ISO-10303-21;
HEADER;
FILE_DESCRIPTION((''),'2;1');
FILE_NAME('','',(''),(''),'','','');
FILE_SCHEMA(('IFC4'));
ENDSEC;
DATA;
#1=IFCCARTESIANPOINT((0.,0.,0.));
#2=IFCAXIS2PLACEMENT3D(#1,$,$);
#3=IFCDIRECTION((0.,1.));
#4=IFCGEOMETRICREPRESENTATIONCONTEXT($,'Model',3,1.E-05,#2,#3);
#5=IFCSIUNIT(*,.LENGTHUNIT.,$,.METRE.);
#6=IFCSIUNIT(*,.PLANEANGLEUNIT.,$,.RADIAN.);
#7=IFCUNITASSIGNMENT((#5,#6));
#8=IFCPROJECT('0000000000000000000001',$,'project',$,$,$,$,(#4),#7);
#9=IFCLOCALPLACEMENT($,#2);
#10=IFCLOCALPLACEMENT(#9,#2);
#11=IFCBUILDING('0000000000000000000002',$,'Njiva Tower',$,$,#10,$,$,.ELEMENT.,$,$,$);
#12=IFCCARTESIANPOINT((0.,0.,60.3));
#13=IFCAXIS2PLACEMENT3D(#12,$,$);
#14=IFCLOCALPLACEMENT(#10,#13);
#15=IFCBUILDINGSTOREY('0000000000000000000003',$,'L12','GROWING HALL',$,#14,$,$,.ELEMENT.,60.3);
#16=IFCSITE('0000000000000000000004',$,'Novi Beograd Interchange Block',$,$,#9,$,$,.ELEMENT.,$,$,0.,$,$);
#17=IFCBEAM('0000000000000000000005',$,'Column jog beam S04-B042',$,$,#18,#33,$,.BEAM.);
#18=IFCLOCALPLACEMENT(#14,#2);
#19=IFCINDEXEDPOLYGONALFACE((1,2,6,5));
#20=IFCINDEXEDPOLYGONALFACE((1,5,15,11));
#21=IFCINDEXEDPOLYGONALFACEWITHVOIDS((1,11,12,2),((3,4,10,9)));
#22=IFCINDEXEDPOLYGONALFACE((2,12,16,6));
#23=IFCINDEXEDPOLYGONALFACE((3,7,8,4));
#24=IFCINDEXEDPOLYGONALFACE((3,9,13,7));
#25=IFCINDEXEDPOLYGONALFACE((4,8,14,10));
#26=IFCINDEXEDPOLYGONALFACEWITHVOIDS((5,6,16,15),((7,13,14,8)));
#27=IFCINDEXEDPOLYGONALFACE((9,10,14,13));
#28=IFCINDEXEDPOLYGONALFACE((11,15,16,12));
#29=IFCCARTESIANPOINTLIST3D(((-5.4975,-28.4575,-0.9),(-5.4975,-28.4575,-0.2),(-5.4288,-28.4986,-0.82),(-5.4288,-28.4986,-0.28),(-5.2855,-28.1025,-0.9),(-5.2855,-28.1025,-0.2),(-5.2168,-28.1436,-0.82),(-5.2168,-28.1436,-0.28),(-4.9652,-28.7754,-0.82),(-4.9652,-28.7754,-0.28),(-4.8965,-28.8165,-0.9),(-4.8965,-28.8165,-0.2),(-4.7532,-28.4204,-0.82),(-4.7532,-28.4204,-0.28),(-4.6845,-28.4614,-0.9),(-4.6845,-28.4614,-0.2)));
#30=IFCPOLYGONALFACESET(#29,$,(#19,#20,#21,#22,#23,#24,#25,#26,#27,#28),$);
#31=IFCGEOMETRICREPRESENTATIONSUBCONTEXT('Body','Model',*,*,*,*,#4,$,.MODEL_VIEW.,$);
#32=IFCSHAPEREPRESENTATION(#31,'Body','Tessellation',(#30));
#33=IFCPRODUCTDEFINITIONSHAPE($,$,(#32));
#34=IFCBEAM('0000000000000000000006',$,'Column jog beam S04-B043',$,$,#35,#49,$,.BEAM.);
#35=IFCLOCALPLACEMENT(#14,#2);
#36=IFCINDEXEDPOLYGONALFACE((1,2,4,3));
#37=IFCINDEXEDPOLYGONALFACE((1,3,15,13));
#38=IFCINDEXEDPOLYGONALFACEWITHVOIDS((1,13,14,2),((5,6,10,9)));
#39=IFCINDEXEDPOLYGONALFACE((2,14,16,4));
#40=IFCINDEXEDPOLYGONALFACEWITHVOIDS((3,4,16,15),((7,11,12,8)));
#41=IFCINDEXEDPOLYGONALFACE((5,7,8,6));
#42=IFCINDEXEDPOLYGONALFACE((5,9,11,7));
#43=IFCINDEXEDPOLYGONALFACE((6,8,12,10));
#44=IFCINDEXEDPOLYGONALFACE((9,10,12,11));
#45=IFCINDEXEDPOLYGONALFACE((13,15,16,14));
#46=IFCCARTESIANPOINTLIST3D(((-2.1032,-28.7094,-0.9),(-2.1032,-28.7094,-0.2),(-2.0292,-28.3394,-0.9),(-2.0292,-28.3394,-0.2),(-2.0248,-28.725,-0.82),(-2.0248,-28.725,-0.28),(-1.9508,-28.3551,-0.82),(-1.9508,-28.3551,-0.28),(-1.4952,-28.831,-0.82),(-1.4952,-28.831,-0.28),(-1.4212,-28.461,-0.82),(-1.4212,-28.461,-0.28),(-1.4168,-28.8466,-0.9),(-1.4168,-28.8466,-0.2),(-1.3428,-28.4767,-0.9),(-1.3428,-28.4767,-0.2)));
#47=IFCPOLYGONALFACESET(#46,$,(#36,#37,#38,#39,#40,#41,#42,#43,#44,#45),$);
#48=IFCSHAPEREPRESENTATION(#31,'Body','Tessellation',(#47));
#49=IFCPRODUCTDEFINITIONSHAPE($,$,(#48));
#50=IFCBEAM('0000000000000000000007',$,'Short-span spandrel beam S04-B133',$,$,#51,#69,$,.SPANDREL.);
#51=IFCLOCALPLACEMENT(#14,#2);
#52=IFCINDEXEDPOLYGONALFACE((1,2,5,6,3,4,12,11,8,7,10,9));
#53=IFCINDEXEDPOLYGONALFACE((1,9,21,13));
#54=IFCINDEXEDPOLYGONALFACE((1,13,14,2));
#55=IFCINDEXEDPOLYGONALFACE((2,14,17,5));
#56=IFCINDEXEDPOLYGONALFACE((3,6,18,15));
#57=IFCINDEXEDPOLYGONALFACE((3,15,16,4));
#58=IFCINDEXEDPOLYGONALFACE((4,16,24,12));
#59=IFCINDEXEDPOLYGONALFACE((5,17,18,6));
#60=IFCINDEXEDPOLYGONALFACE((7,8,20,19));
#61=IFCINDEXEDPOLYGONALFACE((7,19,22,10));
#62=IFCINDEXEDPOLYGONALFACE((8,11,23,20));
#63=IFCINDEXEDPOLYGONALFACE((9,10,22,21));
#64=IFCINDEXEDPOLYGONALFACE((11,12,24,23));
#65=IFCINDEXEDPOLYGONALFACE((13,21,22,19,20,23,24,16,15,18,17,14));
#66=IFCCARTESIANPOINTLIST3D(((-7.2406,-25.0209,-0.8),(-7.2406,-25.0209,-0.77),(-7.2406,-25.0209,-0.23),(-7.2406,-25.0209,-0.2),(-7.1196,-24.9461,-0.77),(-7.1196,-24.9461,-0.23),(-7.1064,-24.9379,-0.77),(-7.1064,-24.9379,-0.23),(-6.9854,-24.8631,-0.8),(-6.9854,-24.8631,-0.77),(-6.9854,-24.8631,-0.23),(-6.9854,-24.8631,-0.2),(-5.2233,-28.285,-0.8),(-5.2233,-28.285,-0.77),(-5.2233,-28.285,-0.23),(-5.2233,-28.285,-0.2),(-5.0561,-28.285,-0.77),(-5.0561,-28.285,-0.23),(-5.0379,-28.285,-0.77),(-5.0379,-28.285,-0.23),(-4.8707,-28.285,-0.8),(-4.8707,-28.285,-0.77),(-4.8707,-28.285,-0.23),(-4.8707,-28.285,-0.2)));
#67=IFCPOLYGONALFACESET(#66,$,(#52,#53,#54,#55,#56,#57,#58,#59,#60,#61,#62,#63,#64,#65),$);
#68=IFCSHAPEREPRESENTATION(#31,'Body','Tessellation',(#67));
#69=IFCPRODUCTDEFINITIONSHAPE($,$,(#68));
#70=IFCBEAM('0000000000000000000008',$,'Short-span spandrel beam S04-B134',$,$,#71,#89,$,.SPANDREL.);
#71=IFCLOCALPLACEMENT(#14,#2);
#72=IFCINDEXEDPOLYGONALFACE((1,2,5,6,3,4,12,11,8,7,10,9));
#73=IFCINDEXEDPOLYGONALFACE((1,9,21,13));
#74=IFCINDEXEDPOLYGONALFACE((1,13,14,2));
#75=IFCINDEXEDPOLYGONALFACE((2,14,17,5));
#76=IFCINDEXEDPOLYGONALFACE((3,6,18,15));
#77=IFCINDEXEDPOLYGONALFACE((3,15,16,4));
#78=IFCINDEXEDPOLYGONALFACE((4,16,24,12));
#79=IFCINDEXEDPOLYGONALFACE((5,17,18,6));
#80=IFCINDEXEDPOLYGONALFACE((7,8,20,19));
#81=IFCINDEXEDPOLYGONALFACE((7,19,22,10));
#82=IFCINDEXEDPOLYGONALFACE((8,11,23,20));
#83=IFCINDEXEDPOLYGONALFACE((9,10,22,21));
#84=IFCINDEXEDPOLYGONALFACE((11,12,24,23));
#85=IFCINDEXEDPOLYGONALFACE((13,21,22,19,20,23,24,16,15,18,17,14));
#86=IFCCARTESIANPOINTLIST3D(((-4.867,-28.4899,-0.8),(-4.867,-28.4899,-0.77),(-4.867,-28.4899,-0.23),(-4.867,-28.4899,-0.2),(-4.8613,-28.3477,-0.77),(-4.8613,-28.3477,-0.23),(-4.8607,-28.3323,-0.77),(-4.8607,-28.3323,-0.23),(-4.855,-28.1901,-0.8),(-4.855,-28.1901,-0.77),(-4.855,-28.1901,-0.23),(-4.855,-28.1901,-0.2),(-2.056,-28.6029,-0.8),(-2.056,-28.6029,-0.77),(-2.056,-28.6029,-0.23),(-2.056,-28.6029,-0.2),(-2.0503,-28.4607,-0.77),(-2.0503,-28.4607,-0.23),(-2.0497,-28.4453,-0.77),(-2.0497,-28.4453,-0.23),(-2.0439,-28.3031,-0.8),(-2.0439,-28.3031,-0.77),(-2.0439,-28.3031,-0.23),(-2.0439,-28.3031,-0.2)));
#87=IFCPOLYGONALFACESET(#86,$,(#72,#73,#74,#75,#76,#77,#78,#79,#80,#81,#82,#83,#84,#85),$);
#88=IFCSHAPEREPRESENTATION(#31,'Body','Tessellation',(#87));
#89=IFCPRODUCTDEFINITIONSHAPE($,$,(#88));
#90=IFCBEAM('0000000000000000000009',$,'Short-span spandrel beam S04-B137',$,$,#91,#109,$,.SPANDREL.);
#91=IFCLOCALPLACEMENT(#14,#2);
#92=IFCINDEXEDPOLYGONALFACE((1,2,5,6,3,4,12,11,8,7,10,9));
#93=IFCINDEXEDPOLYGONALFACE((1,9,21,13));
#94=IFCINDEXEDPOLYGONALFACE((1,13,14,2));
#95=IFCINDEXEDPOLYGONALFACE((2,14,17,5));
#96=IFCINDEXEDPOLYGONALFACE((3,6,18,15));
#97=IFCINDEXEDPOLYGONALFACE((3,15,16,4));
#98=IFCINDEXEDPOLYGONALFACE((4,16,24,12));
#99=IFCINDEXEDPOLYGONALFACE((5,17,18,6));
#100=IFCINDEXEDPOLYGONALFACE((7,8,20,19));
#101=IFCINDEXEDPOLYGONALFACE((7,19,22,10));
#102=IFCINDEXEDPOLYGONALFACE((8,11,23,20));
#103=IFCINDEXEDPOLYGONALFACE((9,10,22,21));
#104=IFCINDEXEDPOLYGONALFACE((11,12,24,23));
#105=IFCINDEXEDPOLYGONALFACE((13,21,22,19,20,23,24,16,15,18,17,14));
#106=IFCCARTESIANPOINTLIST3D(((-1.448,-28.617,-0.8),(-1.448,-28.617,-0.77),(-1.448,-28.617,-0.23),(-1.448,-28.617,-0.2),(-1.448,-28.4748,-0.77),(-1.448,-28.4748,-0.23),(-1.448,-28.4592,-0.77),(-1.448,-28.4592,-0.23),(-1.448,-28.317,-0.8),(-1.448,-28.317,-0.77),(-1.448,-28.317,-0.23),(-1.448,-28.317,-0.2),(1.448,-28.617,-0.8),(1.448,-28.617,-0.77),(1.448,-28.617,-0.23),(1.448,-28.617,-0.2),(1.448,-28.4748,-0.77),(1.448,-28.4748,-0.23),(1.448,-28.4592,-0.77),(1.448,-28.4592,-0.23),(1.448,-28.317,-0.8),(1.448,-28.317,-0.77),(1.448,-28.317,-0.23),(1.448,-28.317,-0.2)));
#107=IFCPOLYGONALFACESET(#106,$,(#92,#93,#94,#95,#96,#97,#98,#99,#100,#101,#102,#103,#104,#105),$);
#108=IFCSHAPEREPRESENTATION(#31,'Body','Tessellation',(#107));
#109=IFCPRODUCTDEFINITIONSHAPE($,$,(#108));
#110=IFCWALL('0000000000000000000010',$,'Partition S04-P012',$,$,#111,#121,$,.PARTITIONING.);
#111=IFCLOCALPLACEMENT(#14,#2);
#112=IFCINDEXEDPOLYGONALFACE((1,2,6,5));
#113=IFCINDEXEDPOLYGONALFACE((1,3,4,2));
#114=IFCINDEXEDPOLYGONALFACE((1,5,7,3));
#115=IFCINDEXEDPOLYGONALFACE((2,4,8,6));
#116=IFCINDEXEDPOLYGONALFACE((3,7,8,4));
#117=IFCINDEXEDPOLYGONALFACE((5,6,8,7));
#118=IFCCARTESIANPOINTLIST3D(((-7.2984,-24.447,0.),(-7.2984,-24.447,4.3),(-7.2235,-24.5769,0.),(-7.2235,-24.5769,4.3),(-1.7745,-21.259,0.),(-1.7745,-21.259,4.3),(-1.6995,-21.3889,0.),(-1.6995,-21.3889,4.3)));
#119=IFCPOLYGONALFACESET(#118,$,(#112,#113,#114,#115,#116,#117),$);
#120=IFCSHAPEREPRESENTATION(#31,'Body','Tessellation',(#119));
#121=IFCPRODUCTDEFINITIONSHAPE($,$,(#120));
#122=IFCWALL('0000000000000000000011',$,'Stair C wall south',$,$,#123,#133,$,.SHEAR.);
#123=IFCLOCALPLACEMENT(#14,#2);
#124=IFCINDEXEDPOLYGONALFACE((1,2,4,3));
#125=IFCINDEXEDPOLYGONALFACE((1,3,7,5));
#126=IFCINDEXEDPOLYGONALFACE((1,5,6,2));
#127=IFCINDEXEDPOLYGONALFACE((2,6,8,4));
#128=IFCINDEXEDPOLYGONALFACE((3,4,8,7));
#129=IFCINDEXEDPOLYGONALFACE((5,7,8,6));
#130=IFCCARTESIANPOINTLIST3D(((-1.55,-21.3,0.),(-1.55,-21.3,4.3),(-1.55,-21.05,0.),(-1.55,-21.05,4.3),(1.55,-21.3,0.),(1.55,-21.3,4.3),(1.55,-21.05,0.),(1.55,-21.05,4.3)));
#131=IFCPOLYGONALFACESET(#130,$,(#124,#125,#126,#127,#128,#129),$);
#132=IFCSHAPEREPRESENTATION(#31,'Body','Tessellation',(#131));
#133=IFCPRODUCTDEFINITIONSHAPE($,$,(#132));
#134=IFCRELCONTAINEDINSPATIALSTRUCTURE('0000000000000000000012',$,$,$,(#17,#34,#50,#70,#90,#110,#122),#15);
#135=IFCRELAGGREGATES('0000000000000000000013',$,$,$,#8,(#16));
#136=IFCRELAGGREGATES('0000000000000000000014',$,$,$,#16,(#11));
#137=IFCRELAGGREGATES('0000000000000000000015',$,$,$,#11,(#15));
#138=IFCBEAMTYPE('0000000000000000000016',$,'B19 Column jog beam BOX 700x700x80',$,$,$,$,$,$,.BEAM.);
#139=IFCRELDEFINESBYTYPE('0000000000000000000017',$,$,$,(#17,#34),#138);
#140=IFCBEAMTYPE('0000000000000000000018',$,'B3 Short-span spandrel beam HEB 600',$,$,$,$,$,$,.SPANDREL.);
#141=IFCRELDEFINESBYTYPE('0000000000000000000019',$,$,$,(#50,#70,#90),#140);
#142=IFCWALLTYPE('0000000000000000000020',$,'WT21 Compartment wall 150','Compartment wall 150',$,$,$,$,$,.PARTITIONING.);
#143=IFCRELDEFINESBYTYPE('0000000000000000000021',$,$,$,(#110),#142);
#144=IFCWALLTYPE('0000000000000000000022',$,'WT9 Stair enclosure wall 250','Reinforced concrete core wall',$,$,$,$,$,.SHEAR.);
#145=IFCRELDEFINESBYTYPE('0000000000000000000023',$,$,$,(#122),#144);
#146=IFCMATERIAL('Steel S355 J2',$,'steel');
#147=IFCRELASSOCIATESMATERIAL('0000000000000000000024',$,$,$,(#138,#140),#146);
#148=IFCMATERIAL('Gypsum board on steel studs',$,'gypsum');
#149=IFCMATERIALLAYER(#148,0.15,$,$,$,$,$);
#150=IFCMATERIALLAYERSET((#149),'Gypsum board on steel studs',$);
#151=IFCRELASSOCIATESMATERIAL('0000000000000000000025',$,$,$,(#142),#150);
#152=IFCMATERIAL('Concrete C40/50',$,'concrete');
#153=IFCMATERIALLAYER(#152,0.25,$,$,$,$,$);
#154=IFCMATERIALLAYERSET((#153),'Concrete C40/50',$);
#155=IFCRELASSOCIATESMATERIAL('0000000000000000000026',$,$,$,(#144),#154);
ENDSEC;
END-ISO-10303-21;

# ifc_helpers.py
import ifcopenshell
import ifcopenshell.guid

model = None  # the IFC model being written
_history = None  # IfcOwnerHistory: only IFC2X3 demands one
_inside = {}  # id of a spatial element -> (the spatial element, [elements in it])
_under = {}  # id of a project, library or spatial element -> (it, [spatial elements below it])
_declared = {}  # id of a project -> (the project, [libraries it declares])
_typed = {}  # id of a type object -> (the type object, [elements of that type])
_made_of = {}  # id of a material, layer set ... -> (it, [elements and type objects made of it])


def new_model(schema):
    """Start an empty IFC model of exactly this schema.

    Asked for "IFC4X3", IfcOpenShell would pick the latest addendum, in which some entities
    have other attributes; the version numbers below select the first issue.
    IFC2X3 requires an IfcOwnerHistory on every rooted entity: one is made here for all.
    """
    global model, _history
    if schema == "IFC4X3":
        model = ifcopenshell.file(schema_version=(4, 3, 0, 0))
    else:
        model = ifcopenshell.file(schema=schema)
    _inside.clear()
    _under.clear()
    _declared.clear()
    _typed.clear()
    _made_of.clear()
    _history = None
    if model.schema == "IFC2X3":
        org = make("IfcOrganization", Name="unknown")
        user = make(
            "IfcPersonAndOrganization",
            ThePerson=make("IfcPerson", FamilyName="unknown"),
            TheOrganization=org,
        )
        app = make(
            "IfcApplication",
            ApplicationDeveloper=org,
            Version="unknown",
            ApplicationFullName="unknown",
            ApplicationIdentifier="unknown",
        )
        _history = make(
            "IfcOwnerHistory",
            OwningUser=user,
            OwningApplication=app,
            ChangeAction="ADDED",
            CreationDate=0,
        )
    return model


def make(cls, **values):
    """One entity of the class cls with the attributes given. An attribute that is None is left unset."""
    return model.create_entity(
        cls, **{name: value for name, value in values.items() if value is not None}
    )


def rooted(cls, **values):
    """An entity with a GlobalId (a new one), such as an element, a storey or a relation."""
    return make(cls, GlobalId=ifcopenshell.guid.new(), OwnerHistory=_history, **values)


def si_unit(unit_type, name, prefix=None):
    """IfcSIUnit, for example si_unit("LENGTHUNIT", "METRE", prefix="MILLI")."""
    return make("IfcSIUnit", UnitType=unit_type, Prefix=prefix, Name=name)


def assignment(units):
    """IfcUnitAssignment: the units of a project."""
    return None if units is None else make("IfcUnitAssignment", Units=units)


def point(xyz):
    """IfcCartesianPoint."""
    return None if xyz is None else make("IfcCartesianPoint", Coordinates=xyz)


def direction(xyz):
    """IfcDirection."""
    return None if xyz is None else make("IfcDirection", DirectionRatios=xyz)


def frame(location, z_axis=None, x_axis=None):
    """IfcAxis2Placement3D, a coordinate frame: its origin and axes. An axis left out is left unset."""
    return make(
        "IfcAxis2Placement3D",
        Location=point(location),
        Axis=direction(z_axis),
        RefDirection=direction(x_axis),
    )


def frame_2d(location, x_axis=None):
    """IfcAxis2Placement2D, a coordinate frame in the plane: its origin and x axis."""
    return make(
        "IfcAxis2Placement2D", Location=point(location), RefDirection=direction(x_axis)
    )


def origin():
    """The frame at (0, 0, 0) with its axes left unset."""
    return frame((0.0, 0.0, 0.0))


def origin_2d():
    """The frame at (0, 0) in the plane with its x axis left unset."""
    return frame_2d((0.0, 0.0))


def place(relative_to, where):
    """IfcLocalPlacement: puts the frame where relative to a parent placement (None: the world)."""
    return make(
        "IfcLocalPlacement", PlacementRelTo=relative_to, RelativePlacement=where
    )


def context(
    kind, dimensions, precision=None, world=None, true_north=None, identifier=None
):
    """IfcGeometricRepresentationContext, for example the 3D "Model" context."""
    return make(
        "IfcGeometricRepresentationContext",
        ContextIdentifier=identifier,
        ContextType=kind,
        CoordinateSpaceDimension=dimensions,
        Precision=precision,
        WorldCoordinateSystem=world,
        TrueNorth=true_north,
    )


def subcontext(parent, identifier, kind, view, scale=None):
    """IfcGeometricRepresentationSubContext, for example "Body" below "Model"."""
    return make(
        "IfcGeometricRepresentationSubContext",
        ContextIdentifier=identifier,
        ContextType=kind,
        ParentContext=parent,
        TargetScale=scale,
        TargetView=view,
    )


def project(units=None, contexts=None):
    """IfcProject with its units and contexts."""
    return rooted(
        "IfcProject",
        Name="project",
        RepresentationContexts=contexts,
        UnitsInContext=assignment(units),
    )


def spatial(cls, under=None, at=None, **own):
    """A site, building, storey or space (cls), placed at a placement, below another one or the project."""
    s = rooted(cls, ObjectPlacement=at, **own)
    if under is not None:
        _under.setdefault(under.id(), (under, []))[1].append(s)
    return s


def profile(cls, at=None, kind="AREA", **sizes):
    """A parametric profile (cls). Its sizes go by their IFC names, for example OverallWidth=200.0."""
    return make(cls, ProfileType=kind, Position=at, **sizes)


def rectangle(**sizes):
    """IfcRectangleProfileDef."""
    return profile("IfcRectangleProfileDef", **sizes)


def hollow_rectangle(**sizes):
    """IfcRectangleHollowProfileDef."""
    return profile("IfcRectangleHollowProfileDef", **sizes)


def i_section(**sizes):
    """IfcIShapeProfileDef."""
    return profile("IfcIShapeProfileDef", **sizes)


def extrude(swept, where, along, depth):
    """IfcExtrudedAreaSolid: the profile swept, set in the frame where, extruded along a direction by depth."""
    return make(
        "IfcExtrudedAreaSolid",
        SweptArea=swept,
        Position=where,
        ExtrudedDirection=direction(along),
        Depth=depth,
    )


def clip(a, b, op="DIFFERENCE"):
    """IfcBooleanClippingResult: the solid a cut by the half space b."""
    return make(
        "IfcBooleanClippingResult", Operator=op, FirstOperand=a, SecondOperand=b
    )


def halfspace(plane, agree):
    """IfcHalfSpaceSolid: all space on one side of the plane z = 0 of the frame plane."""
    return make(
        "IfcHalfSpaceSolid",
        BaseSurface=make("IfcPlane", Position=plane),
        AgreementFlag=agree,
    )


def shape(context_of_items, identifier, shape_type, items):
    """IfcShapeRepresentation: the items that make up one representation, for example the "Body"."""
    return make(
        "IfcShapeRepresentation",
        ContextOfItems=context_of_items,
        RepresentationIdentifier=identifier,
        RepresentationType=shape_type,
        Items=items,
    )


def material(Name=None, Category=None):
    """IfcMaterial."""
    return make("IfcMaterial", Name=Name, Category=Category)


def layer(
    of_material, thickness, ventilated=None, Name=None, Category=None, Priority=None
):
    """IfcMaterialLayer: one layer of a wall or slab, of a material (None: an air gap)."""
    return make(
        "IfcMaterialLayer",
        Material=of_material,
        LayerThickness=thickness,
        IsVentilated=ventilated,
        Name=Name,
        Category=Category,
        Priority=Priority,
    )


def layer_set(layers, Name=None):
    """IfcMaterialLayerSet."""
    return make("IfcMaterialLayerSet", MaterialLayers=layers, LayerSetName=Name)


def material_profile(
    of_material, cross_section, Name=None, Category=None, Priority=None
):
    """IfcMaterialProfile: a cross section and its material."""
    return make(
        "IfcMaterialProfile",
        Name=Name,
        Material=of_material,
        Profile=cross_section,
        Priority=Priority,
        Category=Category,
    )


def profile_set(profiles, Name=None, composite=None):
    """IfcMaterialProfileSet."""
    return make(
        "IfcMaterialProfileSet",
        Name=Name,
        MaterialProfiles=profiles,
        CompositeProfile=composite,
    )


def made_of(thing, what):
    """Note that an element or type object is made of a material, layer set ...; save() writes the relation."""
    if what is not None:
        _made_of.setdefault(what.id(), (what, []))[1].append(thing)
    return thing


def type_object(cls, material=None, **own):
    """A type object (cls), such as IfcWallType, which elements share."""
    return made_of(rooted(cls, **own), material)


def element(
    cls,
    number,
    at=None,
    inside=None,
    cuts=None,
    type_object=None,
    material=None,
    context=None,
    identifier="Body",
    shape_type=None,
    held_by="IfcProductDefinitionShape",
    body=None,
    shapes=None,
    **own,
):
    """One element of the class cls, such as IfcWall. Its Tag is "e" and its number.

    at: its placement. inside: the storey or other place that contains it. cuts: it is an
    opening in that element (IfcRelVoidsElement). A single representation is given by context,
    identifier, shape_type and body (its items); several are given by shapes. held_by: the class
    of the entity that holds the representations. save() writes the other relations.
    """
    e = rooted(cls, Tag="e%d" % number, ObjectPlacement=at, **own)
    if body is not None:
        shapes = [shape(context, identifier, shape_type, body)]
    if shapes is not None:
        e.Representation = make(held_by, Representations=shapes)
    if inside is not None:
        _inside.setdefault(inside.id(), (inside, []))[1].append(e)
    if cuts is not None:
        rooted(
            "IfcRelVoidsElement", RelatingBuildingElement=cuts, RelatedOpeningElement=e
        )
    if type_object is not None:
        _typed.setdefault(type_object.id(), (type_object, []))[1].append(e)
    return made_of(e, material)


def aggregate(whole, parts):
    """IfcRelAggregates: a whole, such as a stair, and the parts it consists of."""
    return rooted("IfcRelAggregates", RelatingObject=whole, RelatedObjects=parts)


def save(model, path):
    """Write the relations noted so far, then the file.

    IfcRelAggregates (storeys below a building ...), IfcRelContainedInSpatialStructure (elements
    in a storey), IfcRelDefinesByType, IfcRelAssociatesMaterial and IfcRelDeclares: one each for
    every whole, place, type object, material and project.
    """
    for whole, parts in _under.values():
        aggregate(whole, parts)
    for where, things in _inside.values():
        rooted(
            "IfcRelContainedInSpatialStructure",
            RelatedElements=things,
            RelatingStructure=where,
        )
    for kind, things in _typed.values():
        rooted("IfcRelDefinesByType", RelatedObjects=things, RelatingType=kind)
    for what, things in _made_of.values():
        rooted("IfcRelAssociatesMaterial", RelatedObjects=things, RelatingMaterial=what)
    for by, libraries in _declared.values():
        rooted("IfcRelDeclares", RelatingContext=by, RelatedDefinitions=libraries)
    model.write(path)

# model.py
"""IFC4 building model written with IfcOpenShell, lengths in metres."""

from ifc_helpers import new_model, si_unit, direction, frame, frame_2d, origin, origin_2d, place, context, subcontext, project, spatial, rectangle, hollow_rectangle, i_section, extrude, clip, halfspace, material, layer, layer_set, material_profile, profile_set, type_object, element, save


model = new_model("IFC4")

# Units and contexts
model_context = context("Model", 3, precision=1e-05, world=origin(), true_north=direction((0.0, 1.0)))
body_context = subcontext(model_context, "Body", "Model", "MODEL_VIEW")
ifc_project = project(units=[si_unit("LENGTHUNIT", "METRE"), si_unit("PLANEANGLEUNIT", "RADIAN")], contexts=[model_context])

# Site, building, storey
site_placement = place(None, origin())
site = spatial("IfcSite", under=ifc_project, at=site_placement, Name="Novi Beograd Interchange Block", CompositionType="ELEMENT", RefElevation=0.0)
building_placement = place(site_placement, origin())
building = spatial("IfcBuilding", under=site, at=building_placement, Name="Njiva Tower", CompositionType="ELEMENT")
storey_placement = place(building_placement, frame((0.0, 0.0, 60.3)))
storey = spatial("IfcBuildingStorey", under=building, at=storey_placement, Name="L12", Description="GROWING HALL", CompositionType="ELEMENT", Elevation=60.3)

# Shared definitions
ifc_material_1 = material(Name="Steel S355 J2", Category="steel")

# Beams
ifc_material_profile_1 = material_profile(ifc_material_1, hollow_rectangle(XDim=0.7, YDim=0.7, WallThickness=0.08, at=origin_2d()), Name="BOX 700x700x80")
ifc_profile_set_1 = profile_set([ifc_material_profile_1], Name="Steel S355 J2")
beam_type_1 = type_object("IfcBeamType", Name="B19 Column jog beam BOX 700x700x80", PredefinedType="BEAM", material=ifc_profile_set_1)
beam_1_placement = place(storey_placement, frame((-5.197, -28.637, -0.55), z_axis=(0.512716, 0.858558, 0.0), x_axis=(-0.858558, 0.512716, 0.0)))
element("IfcBeam", 1, at=beam_1_placement, inside=storey, type_object=beam_type_1, Name="Column jog beam S04-B042", PredefinedType="BEAM", context=body_context, shape_type="SweptSolid", body=[
    extrude(hollow_rectangle(XDim=0.7, YDim=0.7, WallThickness=0.08, at=origin_2d()), origin(), (0.0, 0.0, 1.0), 0.4135),
])
beam_2_placement = place(storey_placement, frame((-1.76, -28.778, -0.55), z_axis=(0.196116, 0.980581, 0.0), x_axis=(-0.980581, 0.196116, 0.0)))
element("IfcBeam", 2, at=beam_2_placement, inside=storey, type_object=beam_type_1, Name="Column jog beam S04-B043", PredefinedType="BEAM", context=body_context, shape_type="SweptSolid", body=[
    extrude(hollow_rectangle(XDim=0.7, YDim=0.7, WallThickness=0.08, at=origin_2d()), origin(), (0.0, 0.0, 1.0), 0.3773),
])
ifc_material_profile_2 = material_profile(ifc_material_1, i_section(OverallWidth=0.3, OverallDepth=0.6, WebThickness=0.0155, FlangeThickness=0.03, at=origin_2d()), Name="HEB 600")
ifc_profile_set_2 = profile_set([ifc_material_profile_2], Name="Steel S355 J2")
beam_type_2 = type_object("IfcBeamType", Name="B3 Short-span spandrel beam HEB 600", PredefinedType="SPANDREL", material=ifc_profile_set_2)
beam_3_placement = place(storey_placement, frame((-7.113, -24.942, -0.5), z_axis=(0.525715, -0.850661, 0.0), x_axis=(0.850661, 0.525715, 0.0)))
element("IfcBeam", 3, at=beam_3_placement, inside=storey, type_object=beam_type_2, Name="Short-span spandrel beam S04-B133", PredefinedType="SPANDREL", context=body_context, shape_type="Clipping", body=[
    clip(extrude(i_section(OverallWidth=0.3, OverallDepth=0.6, WebThickness=0.0155, FlangeThickness=0.03, at=origin_2d()), origin(), (0.0, 0.0, 1.0), 4.0429), halfspace(frame((-0.026, 0.0, 3.9138), z_axis=(-0.525715, 0.0, 0.850661), x_axis=(0.0, 1.0, 0.0)), False)),
])
beam_4_placement = place(storey_placement, frame((-4.861, -28.34, -0.5), z_axis=(0.999193, -0.040167, 0.0), x_axis=(0.040167, 0.999193, 0.0)))
element("IfcBeam", 4, at=beam_4_placement, inside=storey, type_object=beam_type_2, Name="Short-span spandrel beam S04-B134", PredefinedType="SPANDREL", context=body_context, shape_type="SweptSolid", body=[
    extrude(i_section(OverallWidth=0.3, OverallDepth=0.6, WebThickness=0.0155, FlangeThickness=0.03, at=origin_2d()), origin(), (0.0, 0.0, 1.0), 2.8133),
])
beam_5_placement = place(storey_placement, frame((-1.448, -28.467, -0.5), z_axis=(1.0, 0.0, 0.0), x_axis=(0.0, 1.0, 0.0)))
element("IfcBeam", 5, at=beam_5_placement, inside=storey, type_object=beam_type_2, Name="Short-span spandrel beam S04-B137", PredefinedType="SPANDREL", context=body_context, shape_type="SweptSolid", body=[
    extrude(i_section(OverallWidth=0.3, OverallDepth=0.6, WebThickness=0.0155, FlangeThickness=0.03, at=origin_2d()), origin(), (0.0, 0.0, 1.0), 2.896),
])

# Walls
ifc_material_2 = material(Name="Gypsum board on steel studs", Category="gypsum")
ifc_layer_1 = layer(ifc_material_2, 0.15)
ifc_layer_set_1 = layer_set([ifc_layer_1], Name="Gypsum board on steel studs")
wall_type_1 = type_object("IfcWallType", Name="WT21 Compartment wall 150", Description="Compartment wall 150", PredefinedType="PARTITIONING", material=ifc_layer_set_1)
wall_1_placement = place(storey_placement, frame((-7.261, -24.512, 0.0), z_axis=(0.0, 0.0, 1.0), x_axis=(0.866112, 0.499849, 0.0)))
element("IfcWall", 6, at=wall_1_placement, inside=storey, type_object=wall_type_1, Name="Partition S04-P012", PredefinedType="PARTITIONING", context=body_context, shape_type="SweptSolid", body=[
    extrude(rectangle(XDim=6.3779, YDim=0.15, at=frame_2d((3.189, 0.0))), origin(), (0.0, 0.0, 1.0), 4.3),
])
ifc_material_3 = material(Name="Concrete C40/50", Category="concrete")
ifc_layer_2 = layer(ifc_material_3, 0.25)
ifc_layer_set_2 = layer_set([ifc_layer_2], Name="Concrete C40/50")
wall_type_2 = type_object("IfcWallType", Name="WT9 Stair enclosure wall 250", Description="Reinforced concrete core wall", PredefinedType="SHEAR", material=ifc_layer_set_2)
wall_2_placement = place(storey_placement, frame((-1.55, -21.175, 0.0), z_axis=(0.0, 0.0, 1.0), x_axis=(1.0, 0.0, 0.0)))
element("IfcWall", 7, at=wall_2_placement, inside=storey, type_object=wall_type_2, Name="Stair C wall south", PredefinedType="SHEAR", context=body_context, shape_type="SweptSolid", body=[
    extrude(rectangle(XDim=3.1, YDim=0.25, at=frame_2d((1.55, 0.0))), origin(), (0.0, 0.0, 1.0), 4.3),
])

save(model, "model.ifc")
